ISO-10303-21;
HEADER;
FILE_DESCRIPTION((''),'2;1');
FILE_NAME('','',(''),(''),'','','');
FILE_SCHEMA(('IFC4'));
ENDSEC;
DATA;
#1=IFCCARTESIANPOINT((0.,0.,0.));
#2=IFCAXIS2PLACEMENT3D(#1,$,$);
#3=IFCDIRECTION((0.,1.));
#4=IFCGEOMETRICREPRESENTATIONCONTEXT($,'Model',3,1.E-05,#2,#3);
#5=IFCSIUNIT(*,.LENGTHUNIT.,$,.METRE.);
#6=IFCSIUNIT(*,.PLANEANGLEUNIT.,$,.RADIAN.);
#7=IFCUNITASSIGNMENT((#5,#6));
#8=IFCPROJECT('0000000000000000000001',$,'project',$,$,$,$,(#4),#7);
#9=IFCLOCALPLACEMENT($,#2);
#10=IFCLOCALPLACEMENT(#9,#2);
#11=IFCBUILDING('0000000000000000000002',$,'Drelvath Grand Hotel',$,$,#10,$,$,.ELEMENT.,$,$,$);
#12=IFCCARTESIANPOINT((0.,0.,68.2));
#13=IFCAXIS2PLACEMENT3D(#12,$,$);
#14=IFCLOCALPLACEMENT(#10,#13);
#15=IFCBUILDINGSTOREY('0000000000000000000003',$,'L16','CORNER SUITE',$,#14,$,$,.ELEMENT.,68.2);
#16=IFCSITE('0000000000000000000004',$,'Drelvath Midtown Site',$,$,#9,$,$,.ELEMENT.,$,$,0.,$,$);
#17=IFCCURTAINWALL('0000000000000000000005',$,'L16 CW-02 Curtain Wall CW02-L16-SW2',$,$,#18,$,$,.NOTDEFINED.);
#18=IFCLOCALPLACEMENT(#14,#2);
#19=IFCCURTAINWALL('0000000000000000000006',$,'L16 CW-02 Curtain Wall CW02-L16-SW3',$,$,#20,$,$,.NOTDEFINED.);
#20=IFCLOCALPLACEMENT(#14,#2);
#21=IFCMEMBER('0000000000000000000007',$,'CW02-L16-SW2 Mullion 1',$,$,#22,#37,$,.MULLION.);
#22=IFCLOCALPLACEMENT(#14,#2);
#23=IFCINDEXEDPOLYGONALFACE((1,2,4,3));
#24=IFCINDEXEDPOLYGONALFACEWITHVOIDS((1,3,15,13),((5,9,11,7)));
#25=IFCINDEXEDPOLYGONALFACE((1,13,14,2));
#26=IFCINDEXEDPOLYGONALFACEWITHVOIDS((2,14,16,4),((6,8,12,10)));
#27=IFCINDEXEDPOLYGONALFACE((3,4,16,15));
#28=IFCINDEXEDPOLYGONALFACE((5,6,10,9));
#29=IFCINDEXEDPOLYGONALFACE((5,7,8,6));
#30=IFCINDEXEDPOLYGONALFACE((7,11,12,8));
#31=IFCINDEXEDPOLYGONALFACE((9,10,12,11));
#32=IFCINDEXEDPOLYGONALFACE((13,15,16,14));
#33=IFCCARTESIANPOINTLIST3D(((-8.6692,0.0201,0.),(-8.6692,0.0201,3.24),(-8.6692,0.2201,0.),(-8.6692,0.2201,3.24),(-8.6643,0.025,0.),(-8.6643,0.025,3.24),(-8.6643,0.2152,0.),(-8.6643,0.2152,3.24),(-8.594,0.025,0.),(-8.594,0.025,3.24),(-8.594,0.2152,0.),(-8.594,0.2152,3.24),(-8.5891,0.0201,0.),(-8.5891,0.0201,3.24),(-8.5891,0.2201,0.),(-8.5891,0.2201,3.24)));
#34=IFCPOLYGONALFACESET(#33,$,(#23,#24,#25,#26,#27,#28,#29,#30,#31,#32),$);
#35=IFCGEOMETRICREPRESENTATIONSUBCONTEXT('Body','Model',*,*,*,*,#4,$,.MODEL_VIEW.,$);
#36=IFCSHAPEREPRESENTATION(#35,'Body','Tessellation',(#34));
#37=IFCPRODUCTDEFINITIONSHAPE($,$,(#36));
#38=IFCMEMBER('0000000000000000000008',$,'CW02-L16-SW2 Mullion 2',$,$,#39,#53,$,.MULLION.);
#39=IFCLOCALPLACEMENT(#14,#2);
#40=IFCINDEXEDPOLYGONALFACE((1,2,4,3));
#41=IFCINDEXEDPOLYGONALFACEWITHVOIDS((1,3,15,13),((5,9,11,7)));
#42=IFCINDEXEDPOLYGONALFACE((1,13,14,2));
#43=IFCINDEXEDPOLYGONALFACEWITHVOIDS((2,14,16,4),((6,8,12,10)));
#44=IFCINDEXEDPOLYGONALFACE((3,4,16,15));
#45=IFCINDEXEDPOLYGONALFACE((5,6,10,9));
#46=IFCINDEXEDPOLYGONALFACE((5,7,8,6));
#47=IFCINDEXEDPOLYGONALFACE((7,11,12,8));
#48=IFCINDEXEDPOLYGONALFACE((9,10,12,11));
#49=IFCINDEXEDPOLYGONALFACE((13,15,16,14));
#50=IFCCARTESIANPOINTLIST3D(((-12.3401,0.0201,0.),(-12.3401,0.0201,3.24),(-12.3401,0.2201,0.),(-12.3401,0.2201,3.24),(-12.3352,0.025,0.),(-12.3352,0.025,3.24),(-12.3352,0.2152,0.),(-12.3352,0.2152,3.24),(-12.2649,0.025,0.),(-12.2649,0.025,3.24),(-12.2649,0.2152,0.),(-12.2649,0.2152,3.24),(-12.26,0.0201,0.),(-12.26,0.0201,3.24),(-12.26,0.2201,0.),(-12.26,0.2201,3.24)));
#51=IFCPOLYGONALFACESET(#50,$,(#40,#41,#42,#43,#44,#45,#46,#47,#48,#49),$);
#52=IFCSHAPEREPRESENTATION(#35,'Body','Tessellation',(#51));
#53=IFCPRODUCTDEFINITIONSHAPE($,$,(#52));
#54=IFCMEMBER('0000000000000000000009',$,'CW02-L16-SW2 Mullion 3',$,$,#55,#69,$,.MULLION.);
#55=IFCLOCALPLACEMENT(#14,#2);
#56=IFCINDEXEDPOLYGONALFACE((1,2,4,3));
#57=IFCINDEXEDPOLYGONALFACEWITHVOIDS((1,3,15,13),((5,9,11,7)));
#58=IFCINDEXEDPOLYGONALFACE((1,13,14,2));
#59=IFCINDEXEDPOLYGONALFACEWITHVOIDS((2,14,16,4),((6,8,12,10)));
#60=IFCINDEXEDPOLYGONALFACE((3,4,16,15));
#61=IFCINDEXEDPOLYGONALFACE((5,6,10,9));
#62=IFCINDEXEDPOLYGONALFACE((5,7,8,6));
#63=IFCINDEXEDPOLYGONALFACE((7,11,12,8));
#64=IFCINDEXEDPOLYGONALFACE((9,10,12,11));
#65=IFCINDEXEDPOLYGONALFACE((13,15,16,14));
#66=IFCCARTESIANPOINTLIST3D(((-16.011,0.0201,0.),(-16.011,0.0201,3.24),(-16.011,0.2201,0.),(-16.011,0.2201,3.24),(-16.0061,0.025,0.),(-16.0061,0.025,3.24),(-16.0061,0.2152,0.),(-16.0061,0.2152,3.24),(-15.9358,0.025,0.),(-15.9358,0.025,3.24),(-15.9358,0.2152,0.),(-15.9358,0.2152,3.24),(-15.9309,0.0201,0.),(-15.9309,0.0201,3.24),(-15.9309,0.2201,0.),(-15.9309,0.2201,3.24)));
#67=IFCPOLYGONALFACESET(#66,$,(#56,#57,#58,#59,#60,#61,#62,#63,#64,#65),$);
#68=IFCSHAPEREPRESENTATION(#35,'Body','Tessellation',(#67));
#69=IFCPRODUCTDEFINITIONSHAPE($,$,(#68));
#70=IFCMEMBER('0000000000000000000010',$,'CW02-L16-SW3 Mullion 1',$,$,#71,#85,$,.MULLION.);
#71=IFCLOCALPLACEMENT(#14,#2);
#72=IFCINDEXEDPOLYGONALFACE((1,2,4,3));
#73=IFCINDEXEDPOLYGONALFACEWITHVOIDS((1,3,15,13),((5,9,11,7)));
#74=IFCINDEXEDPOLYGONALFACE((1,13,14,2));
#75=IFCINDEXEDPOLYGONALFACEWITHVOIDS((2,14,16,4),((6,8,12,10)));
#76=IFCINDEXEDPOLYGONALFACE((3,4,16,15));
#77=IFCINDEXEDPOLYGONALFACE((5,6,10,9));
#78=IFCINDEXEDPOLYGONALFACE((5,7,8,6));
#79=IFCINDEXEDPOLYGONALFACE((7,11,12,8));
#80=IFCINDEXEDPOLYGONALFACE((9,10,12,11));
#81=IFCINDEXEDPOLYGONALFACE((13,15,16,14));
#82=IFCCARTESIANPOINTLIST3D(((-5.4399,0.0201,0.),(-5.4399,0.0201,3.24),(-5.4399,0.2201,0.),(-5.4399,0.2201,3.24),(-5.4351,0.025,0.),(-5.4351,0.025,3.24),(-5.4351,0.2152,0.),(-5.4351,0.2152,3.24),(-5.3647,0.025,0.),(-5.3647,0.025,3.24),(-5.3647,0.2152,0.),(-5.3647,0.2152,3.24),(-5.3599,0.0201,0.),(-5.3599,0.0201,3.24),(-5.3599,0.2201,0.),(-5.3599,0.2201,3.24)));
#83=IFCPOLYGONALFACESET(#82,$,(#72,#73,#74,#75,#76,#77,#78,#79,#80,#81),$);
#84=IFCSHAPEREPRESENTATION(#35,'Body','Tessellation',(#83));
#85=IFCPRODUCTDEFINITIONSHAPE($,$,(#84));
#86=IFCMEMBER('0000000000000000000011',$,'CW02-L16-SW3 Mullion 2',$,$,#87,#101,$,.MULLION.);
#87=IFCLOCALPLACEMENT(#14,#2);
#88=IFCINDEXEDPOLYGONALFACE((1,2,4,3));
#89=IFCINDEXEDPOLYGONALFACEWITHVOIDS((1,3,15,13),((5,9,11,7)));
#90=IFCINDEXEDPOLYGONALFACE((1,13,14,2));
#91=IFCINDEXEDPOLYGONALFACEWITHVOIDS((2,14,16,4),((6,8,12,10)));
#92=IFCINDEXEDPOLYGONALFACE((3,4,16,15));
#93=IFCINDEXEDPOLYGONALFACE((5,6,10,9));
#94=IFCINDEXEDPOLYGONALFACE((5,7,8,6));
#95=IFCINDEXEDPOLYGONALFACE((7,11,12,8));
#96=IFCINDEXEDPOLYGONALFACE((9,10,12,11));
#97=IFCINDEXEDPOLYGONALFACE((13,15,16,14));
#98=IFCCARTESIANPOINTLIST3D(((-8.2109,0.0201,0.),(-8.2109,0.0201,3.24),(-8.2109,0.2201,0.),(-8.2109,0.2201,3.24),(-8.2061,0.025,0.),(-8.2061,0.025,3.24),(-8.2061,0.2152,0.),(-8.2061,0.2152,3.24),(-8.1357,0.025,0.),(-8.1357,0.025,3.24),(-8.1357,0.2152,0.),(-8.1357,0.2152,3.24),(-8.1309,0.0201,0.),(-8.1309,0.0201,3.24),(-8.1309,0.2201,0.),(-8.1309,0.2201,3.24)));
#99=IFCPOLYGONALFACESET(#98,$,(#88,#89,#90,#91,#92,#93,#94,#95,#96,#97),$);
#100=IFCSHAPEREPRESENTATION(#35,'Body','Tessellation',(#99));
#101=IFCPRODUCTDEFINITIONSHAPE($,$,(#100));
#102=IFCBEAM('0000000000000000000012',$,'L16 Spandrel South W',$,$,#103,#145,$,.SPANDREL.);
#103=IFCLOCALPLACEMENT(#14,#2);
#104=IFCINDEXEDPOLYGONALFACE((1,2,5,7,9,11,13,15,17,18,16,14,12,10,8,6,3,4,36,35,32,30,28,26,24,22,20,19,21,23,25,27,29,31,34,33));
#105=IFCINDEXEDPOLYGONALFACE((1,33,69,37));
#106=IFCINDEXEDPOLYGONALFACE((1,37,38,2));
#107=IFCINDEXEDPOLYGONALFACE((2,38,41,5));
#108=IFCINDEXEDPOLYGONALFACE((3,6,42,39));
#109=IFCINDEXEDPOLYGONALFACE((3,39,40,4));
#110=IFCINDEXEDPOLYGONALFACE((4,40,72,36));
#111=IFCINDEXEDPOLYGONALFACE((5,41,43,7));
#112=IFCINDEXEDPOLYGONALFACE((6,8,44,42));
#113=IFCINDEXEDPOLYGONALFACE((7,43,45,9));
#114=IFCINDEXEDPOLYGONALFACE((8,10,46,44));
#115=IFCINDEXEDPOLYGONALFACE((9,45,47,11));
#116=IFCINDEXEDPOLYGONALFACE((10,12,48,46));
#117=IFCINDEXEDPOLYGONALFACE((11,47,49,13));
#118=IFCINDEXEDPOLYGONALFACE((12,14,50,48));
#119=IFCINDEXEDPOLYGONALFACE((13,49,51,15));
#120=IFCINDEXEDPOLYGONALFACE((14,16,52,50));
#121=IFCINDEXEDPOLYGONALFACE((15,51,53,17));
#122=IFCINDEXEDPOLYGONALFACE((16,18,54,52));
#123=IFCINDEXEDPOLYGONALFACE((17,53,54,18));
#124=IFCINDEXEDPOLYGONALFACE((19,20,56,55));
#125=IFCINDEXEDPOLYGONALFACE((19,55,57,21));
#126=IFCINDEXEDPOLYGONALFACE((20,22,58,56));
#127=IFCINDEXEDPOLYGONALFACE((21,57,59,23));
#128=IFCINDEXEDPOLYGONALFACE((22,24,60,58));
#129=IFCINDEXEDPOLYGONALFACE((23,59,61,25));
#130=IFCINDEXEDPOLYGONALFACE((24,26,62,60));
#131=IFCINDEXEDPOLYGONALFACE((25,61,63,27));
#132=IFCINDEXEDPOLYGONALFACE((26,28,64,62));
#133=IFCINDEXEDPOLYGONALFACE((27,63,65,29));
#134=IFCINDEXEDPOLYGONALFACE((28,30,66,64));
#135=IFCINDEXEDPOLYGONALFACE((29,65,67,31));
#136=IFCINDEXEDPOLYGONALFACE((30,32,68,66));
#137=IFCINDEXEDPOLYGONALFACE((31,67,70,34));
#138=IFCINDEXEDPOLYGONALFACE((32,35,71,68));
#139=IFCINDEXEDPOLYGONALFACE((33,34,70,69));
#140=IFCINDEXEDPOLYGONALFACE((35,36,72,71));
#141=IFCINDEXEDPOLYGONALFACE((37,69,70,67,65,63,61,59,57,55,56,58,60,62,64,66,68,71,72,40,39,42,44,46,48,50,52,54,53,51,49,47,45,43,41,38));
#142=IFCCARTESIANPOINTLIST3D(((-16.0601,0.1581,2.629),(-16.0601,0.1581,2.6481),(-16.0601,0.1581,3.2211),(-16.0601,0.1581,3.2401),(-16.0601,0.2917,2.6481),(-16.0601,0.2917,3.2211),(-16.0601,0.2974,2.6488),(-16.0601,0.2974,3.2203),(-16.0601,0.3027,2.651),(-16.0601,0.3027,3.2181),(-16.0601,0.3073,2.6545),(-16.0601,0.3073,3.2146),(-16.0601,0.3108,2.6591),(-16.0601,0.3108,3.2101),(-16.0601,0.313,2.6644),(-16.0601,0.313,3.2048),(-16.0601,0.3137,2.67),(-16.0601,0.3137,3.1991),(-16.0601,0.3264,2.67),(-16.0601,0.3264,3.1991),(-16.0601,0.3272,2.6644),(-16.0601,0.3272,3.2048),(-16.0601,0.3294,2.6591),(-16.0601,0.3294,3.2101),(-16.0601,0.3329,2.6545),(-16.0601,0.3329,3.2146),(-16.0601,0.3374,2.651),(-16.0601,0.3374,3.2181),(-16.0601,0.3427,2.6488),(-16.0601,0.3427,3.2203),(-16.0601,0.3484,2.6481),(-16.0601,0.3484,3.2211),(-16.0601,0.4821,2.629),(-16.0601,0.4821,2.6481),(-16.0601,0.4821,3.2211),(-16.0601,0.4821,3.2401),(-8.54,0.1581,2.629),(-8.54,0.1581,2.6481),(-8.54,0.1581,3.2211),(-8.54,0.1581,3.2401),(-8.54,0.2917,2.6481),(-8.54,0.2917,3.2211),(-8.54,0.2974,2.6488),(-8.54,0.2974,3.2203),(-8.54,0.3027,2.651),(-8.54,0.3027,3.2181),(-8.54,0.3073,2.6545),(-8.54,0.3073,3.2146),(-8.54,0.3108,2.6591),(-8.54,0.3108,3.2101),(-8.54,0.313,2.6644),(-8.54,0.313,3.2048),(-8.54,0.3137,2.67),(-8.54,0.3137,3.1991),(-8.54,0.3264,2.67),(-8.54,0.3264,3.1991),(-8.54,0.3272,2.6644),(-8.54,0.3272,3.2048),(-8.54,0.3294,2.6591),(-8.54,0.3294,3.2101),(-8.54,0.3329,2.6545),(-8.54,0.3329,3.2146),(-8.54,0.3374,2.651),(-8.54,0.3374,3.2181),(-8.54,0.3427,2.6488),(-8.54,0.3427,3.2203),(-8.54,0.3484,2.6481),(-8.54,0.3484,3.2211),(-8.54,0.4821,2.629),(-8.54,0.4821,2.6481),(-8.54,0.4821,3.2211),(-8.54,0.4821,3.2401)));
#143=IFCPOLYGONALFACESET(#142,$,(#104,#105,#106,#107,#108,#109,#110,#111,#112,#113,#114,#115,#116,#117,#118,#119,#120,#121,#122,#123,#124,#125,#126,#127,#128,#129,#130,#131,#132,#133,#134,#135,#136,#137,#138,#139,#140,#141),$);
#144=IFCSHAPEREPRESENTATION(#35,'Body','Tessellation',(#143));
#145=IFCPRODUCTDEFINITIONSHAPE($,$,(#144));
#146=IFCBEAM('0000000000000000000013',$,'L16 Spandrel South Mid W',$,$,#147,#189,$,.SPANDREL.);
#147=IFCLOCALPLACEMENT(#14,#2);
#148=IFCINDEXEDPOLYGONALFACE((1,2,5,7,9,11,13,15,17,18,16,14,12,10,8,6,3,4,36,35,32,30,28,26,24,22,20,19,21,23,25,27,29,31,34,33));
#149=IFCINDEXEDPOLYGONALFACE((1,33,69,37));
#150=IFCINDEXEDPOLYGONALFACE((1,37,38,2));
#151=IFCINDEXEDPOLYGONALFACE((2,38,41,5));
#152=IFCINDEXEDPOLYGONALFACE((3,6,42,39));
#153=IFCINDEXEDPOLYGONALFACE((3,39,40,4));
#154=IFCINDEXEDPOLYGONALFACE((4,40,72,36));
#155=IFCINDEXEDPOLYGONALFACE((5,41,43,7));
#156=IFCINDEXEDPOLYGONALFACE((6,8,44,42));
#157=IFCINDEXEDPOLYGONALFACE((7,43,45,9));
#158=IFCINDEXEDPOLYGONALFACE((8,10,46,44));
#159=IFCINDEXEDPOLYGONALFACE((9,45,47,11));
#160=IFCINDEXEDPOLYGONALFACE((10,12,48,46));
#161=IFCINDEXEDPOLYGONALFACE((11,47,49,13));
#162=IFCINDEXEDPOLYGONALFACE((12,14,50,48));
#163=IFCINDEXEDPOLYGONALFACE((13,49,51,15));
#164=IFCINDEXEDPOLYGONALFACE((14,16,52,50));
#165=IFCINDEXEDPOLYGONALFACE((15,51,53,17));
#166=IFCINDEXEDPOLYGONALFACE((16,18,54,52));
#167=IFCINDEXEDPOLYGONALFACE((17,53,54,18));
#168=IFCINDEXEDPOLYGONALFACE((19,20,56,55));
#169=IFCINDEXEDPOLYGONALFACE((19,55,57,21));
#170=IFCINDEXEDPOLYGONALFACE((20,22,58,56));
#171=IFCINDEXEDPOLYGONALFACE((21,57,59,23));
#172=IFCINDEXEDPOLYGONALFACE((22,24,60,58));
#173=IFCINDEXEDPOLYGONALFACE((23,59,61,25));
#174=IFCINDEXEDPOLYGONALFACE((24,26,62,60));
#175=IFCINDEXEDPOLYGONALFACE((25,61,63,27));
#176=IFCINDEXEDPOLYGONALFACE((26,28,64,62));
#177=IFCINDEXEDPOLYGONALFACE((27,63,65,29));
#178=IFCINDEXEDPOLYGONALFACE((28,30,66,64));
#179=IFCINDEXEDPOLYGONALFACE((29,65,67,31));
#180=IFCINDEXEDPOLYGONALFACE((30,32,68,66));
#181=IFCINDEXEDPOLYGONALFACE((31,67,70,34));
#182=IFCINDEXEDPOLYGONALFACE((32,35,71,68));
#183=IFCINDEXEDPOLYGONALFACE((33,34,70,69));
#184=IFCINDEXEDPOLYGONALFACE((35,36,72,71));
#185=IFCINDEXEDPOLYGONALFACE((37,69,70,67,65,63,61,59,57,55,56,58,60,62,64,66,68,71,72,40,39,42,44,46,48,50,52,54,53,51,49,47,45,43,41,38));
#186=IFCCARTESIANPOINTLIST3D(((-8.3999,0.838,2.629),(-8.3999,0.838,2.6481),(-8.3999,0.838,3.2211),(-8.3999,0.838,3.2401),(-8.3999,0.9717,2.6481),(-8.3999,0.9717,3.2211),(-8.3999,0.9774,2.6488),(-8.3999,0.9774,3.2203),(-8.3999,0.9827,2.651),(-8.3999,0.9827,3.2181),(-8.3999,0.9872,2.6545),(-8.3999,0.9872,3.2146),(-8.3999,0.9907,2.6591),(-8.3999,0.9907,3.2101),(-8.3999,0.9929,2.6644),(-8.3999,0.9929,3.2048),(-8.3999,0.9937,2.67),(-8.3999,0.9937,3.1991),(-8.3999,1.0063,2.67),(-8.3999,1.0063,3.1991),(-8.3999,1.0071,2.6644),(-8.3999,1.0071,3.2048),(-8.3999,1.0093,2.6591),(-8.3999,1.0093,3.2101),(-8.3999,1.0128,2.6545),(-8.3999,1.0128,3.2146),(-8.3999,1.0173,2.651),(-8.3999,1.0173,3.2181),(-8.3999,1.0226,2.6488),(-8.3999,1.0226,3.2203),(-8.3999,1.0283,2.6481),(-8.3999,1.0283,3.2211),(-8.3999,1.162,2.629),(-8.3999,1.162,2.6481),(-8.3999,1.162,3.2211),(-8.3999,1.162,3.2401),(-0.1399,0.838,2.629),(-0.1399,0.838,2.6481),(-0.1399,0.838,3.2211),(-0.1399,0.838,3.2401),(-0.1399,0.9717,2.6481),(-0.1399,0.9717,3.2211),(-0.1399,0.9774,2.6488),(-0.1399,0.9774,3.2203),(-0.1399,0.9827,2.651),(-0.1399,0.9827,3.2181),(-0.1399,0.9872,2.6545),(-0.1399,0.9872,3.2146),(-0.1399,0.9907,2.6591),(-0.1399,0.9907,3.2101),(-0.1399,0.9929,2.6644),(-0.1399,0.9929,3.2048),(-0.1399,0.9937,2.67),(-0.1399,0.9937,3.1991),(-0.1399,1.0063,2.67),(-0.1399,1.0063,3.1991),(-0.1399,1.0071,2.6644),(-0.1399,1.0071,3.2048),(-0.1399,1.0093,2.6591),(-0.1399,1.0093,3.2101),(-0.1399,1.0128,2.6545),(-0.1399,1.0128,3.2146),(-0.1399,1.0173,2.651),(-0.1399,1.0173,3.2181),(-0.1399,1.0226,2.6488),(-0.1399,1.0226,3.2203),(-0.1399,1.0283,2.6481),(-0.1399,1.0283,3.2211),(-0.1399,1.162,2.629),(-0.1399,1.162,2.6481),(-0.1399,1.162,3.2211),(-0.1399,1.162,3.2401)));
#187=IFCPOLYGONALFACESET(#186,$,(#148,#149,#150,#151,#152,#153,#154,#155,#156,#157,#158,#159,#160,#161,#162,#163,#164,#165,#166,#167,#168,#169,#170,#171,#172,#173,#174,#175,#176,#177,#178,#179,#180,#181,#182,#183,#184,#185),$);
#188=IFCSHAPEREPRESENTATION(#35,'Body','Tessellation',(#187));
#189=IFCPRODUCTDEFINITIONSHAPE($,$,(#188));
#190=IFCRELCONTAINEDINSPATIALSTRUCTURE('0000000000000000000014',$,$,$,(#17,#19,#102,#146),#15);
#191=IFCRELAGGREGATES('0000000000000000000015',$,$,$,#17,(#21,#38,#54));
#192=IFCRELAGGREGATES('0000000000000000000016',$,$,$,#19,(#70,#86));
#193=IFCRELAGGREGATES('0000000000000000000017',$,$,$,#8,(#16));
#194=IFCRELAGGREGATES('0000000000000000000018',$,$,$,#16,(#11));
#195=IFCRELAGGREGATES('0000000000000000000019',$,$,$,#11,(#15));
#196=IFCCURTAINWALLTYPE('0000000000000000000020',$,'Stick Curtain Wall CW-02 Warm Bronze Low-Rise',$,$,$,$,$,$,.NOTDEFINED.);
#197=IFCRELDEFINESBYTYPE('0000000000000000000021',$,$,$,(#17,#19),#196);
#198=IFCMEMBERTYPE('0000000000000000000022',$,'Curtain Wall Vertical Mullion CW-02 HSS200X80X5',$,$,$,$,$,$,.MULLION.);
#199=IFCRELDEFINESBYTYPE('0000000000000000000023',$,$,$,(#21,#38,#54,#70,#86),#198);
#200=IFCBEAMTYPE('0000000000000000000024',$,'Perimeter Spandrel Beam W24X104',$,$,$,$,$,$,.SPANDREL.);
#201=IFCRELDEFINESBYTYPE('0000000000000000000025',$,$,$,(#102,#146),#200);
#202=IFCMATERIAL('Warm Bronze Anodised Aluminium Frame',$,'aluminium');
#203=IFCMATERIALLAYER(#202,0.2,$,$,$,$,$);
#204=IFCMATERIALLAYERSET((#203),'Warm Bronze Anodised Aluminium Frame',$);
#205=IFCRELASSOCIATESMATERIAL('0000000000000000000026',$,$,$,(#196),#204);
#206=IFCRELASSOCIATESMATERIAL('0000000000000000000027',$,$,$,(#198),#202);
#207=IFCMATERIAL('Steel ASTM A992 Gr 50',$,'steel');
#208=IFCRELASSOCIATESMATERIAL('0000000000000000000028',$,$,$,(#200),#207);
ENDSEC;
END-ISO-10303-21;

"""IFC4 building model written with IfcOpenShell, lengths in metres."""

from ifc_helpers import new_model, si_unit, direction, frame, origin, origin_2d, place, context, subcontext, project, spatial, hollow_rectangle, i_section, extrude, material, layer, layer_set, material_profile, profile_set, type_object, element, aggregate, save


model = new_model("IFC4")

# Units and contexts
model_context = context("Model", 3, precision=1e-05, world=origin(), true_north=direction((0.0, 1.0)))
body_context = subcontext(model_context, "Body", "Model", "MODEL_VIEW")
ifc_project = project(units=[si_unit("LENGTHUNIT", "METRE"), si_unit("PLANEANGLEUNIT", "RADIAN")], contexts=[model_context])

# Site, building, storey
site_placement = place(None, origin())
site = spatial("IfcSite", under=ifc_project, at=site_placement, Name="Drelvath Midtown Site", CompositionType="ELEMENT", RefElevation=0.0)
building_placement = place(site_placement, origin())
building = spatial("IfcBuilding", under=site, at=building_placement, Name="Drelvath Grand Hotel", CompositionType="ELEMENT")
storey_placement = place(building_placement, frame((0.0, 0.0, 68.2)))
storey = spatial("IfcBuildingStorey", under=building, at=storey_placement, Name="L16", Description="CORNER SUITE", CompositionType="ELEMENT", Elevation=68.2)

# Shared definitions
ifc_material_1 = material(Name="Steel ASTM A992 Gr 50", Category="steel")

# Curtain walls
ifc_material_2 = material(Name="Warm Bronze Anodised Aluminium Frame", Category="aluminium")
ifc_layer_1 = layer(ifc_material_2, 0.2)
ifc_layer_set_1 = layer_set([ifc_layer_1], Name="Warm Bronze Anodised Aluminium Frame")
curtain_wall_type = type_object("IfcCurtainWallType", Name="Stick Curtain Wall CW-02 Warm Bronze Low-Rise", PredefinedType="NOTDEFINED", material=ifc_layer_set_1)
curtain_wall_1_placement = place(storey_placement, origin())
curtain_wall_1 = element("IfcCurtainWall", 1, at=curtain_wall_1_placement, inside=storey, type_object=curtain_wall_type, Name="L16 CW-02 Curtain Wall CW02-L16-SW2", PredefinedType="NOTDEFINED")
curtain_wall_2_placement = place(storey_placement, origin())
curtain_wall_2 = element("IfcCurtainWall", 2, at=curtain_wall_2_placement, inside=storey, type_object=curtain_wall_type, Name="L16 CW-02 Curtain Wall CW02-L16-SW3", PredefinedType="NOTDEFINED")

# Members
ifc_material_profile_1 = material_profile(ifc_material_2, hollow_rectangle(XDim=0.0801, YDim=0.2, WallThickness=0.0049, at=origin_2d()), Name="HSS200X80X5")
ifc_profile_set_1 = profile_set([ifc_material_profile_1], Name="Warm Bronze Anodised Aluminium Frame")
member_type_1 = type_object("IfcMemberType", Name="Curtain Wall Vertical Mullion CW-02 HSS200X80X5", PredefinedType="MULLION", material=ifc_profile_set_1)
member_1_placement = place(storey_placement, frame((-8.6292, 0.1201, 0.0), z_axis=(0.0, 0.0, 1.0), x_axis=(1.0, 0.0, 0.0)))
member_1 = element("IfcMember", 3, at=member_1_placement, type_object=member_type_1, Name="CW02-L16-SW2 Mullion 1", PredefinedType="MULLION", context=body_context, shape_type="SweptSolid", body=[
    extrude(hollow_rectangle(XDim=0.0801, YDim=0.2, WallThickness=0.0049, at=origin_2d()), origin(), (0.0, 0.0, 1.0), 3.24),
])
member_2_placement = place(storey_placement, frame((-12.3, 0.1201, 0.0), z_axis=(0.0, 0.0, 1.0), x_axis=(1.0, 0.0, 0.0)))
member_2 = element("IfcMember", 4, at=member_2_placement, type_object=member_type_1, Name="CW02-L16-SW2 Mullion 2", PredefinedType="MULLION", context=body_context, shape_type="SweptSolid", body=[
    extrude(hollow_rectangle(XDim=0.0801, YDim=0.2, WallThickness=0.0049, at=origin_2d()), origin(), (0.0, 0.0, 1.0), 3.24),
])
member_3_placement = place(storey_placement, frame((-15.9709, 0.1201, 0.0), z_axis=(0.0, 0.0, 1.0), x_axis=(1.0, 0.0, 0.0)))
member_3 = element("IfcMember", 5, at=member_3_placement, type_object=member_type_1, Name="CW02-L16-SW2 Mullion 3", PredefinedType="MULLION", context=body_context, shape_type="SweptSolid", body=[
    extrude(hollow_rectangle(XDim=0.0801, YDim=0.2, WallThickness=0.0049, at=origin_2d()), origin(), (0.0, 0.0, 1.0), 3.24),
])
member_4_placement = place(storey_placement, frame((-5.3999, 0.1201, 0.0), z_axis=(0.0, 0.0, 1.0), x_axis=(1.0, 0.0, 0.0)))
member_4 = element("IfcMember", 6, at=member_4_placement, type_object=member_type_1, Name="CW02-L16-SW3 Mullion 1", PredefinedType="MULLION", context=body_context, shape_type="SweptSolid", body=[
    extrude(hollow_rectangle(XDim=0.0801, YDim=0.2, WallThickness=0.0049, at=origin_2d()), origin(), (0.0, 0.0, 1.0), 3.24),
])
member_5_placement = place(storey_placement, frame((-8.1709, 0.1201, 0.0), z_axis=(0.0, 0.0, 1.0), x_axis=(1.0, 0.0, 0.0)))
member_5 = element("IfcMember", 7, at=member_5_placement, type_object=member_type_1, Name="CW02-L16-SW3 Mullion 2", PredefinedType="MULLION", context=body_context, shape_type="SweptSolid", body=[
    extrude(hollow_rectangle(XDim=0.0801, YDim=0.2, WallThickness=0.0049, at=origin_2d()), origin(), (0.0, 0.0, 1.0), 3.24),
])

# Beams
ifc_material_profile_2 = material_profile(ifc_material_1, i_section(OverallWidth=0.324, OverallDepth=0.6111, WebThickness=0.0127, FlangeThickness=0.019, FilletRadius=0.022, at=origin_2d()), Name="W24X104")
ifc_profile_set_2 = profile_set([ifc_material_profile_2], Name="Steel ASTM A992 Gr 50")
beam_type_1 = type_object("IfcBeamType", Name="Perimeter Spandrel Beam W24X104", PredefinedType="SPANDREL", material=ifc_profile_set_2)
beam_1_placement = place(storey_placement, frame((-16.0601, 0.3201, 2.9346), z_axis=(1.0, 0.0, 0.0), x_axis=(0.0, 1.0, 0.0)))
element("IfcBeam", 8, at=beam_1_placement, inside=storey, type_object=beam_type_1, Name="L16 Spandrel South W", PredefinedType="SPANDREL", context=body_context, shape_type="SweptSolid", body=[
    extrude(i_section(OverallWidth=0.324, OverallDepth=0.6111, WebThickness=0.0127, FlangeThickness=0.019, FilletRadius=0.022, at=origin_2d()), origin(), (0.0, 0.0, 1.0), 7.52),
])
beam_2_placement = place(storey_placement, frame((-8.3999, 1.0, 2.9346), z_axis=(1.0, 0.0, 0.0), x_axis=(0.0, 1.0, 0.0)))
element("IfcBeam", 9, at=beam_2_placement, inside=storey, type_object=beam_type_1, Name="L16 Spandrel South Mid W", PredefinedType="SPANDREL", context=body_context, shape_type="SweptSolid", body=[
    extrude(i_section(OverallWidth=0.324, OverallDepth=0.6111, WebThickness=0.0127, FlangeThickness=0.019, FilletRadius=0.022, at=origin_2d()), origin(), (0.0, 0.0, 1.0), 8.26),
])

aggregate(curtain_wall_1, [member_1, member_2, member_3])
aggregate(curtain_wall_2, [member_4, member_5])

save(model, "model.ifc")
